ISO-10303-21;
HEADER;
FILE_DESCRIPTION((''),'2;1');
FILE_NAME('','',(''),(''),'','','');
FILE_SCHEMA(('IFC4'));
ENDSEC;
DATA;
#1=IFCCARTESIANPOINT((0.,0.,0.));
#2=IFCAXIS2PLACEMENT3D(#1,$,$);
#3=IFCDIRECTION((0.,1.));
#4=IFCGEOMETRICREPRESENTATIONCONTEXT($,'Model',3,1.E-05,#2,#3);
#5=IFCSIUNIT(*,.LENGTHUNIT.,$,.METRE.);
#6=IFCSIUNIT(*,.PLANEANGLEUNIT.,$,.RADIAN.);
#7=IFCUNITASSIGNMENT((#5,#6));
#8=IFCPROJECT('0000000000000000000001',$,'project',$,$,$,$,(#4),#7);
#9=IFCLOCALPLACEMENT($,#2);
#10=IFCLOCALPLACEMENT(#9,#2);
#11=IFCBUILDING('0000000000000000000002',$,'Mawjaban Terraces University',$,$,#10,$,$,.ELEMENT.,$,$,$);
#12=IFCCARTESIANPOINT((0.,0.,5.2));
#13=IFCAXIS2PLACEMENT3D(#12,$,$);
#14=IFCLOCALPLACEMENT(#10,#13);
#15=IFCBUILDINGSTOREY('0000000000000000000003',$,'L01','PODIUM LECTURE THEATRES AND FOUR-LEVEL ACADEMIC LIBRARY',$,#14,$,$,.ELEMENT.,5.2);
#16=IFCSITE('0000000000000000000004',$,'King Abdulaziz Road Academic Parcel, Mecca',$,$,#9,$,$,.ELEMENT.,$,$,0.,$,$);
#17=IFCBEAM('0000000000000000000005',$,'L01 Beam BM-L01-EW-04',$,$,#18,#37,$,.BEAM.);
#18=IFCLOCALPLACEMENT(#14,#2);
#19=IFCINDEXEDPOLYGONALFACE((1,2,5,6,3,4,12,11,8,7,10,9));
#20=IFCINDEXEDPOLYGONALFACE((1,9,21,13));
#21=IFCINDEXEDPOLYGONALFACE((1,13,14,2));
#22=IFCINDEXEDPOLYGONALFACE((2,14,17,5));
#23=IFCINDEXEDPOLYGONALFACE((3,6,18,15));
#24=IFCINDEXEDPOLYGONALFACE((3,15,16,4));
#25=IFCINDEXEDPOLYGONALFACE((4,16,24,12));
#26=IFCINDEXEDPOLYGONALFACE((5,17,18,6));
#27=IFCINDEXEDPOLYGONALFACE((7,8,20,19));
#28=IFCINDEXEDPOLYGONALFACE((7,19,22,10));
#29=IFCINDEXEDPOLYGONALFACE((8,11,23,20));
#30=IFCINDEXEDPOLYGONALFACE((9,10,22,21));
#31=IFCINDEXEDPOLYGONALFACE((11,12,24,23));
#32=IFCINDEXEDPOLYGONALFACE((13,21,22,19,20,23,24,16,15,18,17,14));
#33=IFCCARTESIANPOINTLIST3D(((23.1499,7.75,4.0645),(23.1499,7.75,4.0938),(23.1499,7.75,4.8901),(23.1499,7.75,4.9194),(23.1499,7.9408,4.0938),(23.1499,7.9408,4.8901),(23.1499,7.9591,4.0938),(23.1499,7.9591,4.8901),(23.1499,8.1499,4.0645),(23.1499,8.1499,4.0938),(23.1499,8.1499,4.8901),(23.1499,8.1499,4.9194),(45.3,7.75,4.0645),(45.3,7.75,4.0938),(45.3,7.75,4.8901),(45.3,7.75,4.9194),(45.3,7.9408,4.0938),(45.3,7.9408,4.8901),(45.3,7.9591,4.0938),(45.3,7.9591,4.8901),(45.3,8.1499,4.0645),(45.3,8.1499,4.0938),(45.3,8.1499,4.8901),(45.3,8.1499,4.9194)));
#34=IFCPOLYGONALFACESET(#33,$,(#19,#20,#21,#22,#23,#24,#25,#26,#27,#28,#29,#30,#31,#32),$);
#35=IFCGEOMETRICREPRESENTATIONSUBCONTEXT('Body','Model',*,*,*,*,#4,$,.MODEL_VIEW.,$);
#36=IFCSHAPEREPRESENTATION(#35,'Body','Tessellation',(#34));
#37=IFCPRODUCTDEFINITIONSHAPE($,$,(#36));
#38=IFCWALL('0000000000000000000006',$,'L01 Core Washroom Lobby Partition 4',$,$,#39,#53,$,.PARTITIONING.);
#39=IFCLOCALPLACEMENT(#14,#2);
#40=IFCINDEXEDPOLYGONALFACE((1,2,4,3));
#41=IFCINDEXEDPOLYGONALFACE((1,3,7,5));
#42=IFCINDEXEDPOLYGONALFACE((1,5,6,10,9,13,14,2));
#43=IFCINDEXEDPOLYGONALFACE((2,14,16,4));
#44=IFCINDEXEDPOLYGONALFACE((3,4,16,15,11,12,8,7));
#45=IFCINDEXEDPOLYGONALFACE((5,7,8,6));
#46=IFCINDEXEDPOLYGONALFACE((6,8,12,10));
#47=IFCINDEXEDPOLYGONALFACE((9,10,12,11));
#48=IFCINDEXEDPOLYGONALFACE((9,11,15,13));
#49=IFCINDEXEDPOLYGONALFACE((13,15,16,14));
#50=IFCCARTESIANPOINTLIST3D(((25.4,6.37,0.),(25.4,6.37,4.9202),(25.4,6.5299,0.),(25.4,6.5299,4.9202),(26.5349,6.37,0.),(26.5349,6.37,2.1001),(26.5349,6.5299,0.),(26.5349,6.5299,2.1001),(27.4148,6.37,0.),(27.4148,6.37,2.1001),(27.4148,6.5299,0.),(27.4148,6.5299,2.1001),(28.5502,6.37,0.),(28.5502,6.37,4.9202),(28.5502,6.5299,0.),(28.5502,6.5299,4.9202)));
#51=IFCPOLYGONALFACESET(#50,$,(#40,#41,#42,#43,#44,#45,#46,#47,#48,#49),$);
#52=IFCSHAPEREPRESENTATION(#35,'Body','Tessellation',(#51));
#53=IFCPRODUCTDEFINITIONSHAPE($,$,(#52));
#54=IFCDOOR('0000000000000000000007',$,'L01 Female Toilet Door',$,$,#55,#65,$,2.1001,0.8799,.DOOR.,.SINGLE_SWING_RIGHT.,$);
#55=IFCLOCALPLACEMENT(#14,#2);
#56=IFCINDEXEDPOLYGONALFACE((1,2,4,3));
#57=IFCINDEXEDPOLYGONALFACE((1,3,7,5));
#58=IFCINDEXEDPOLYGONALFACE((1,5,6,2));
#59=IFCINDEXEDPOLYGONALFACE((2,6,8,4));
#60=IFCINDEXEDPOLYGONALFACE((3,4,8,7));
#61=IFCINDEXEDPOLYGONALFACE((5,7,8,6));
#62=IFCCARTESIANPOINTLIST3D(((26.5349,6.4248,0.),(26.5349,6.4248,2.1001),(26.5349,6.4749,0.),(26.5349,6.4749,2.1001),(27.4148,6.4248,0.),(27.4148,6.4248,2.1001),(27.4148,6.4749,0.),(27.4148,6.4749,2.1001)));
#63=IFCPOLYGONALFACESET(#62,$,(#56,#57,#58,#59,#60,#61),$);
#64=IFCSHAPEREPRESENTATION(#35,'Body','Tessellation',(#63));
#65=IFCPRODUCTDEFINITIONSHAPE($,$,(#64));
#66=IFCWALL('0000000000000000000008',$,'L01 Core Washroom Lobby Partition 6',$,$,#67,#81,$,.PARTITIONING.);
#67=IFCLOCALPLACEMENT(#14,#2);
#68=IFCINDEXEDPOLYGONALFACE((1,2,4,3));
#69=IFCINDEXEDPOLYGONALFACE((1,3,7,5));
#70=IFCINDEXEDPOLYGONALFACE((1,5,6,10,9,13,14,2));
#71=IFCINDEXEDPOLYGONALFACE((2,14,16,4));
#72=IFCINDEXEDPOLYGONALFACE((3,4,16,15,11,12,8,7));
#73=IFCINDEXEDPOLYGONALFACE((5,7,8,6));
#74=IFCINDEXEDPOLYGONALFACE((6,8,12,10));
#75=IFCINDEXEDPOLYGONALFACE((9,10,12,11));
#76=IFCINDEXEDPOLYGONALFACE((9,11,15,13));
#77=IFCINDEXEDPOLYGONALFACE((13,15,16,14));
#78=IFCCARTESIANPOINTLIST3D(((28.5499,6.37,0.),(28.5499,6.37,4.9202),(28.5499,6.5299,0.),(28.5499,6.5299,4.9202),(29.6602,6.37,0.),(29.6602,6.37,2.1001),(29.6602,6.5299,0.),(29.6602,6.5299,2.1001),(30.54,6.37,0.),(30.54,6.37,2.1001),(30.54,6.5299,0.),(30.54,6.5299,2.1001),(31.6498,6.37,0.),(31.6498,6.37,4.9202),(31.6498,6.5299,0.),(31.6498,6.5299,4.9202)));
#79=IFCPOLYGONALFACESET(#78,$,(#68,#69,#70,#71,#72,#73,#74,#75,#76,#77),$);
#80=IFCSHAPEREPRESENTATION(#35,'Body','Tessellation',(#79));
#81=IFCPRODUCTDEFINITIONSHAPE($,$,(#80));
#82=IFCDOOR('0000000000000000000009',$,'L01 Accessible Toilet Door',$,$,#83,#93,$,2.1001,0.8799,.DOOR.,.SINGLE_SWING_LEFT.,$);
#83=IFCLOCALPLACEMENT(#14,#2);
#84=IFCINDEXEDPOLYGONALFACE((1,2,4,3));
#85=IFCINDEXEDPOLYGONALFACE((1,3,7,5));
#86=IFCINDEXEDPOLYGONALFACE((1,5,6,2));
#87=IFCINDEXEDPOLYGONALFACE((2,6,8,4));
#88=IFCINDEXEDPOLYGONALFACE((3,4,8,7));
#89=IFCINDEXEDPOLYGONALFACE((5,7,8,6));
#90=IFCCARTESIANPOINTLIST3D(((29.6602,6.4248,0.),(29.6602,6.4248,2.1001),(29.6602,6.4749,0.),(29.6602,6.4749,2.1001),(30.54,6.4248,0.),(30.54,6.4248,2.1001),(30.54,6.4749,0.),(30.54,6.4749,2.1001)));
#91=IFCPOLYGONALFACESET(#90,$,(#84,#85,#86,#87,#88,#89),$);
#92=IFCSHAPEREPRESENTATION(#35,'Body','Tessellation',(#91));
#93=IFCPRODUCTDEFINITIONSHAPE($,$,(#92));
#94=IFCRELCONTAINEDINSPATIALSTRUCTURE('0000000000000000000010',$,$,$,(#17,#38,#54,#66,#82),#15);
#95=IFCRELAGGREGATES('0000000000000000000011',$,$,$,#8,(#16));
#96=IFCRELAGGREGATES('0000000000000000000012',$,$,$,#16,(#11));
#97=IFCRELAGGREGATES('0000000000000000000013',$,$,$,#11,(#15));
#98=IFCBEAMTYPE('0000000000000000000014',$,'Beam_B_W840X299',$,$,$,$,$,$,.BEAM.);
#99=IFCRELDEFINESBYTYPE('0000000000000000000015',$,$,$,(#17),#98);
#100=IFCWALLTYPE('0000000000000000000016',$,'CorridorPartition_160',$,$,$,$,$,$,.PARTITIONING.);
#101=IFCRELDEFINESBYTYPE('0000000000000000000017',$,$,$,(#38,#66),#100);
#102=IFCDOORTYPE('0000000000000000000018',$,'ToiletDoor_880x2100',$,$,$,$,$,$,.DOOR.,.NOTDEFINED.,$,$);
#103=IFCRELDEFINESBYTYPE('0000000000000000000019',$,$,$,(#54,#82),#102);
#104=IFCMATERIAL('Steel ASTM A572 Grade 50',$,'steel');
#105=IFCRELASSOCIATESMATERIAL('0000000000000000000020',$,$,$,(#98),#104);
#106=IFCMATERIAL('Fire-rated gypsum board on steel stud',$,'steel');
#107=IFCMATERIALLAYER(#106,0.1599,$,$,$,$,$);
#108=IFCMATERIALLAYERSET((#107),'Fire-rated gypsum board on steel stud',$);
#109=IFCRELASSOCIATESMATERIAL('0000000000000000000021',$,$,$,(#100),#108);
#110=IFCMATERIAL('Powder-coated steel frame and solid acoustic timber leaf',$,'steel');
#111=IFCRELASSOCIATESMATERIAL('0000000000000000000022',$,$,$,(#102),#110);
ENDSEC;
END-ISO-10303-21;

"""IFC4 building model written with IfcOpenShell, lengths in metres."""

from ifc_helpers import new_model, si_unit, direction, frame, frame_2d, origin, origin_2d, place, context, subcontext, project, spatial, rectangle, i_section, extrude, material, layer, layer_set, material_profile, profile_set, type_object, element, fill, save


model = new_model("IFC4")

# Units and contexts
model_context = context("Model", 3, precision=1e-05, world=origin(), true_north=direction((0.0, 1.0)))
body_context = subcontext(model_context, "Body", "Model", "MODEL_VIEW")
ifc_project = project(units=[si_unit("LENGTHUNIT", "METRE"), si_unit("PLANEANGLEUNIT", "RADIAN")], contexts=[model_context])

# Site, building, storey
site_placement = place(None, origin())
site = spatial("IfcSite", under=ifc_project, at=site_placement, Name="King Abdulaziz Road Academic Parcel, Mecca", CompositionType="ELEMENT", RefElevation=0.0)
building_placement = place(site_placement, origin())
building = spatial("IfcBuilding", under=site, at=building_placement, Name="Mawjaban Terraces University", CompositionType="ELEMENT")
storey_placement = place(building_placement, frame((0.0, 0.0, 5.2)))
storey = spatial("IfcBuildingStorey", under=building, at=storey_placement, Name="L01", Description="PODIUM LECTURE THEATRES AND FOUR-LEVEL ACADEMIC LIBRARY", CompositionType="ELEMENT", Elevation=5.2)

# Beam
ifc_material_1 = material(Name="Steel ASTM A572 Grade 50", Category="steel")
ifc_material_profile = material_profile(ifc_material_1, i_section(OverallWidth=0.3999, OverallDepth=0.855, WebThickness=0.0183, FlangeThickness=0.0293, at=origin_2d()), Name="W840X299")
ifc_profile_set = profile_set([ifc_material_profile], Name="Steel ASTM A572 Grade 50")
beam_type = type_object("IfcBeamType", Name="Beam_B_W840X299", PredefinedType="BEAM", material=ifc_profile_set)
beam_placement = place(storey_placement, frame((23.1499, 7.95, 4.4919), z_axis=(1.0, 0.0, 0.0), x_axis=(0.0, 1.0, 0.0)))
element("IfcBeam", 1, at=beam_placement, inside=storey, type_object=beam_type, Name="L01 Beam BM-L01-EW-04", PredefinedType="BEAM", context=body_context, shape_type="SweptSolid", body=[
    extrude(i_section(OverallWidth=0.3999, OverallDepth=0.855, WebThickness=0.0183, FlangeThickness=0.0293, at=origin_2d()), origin(), (0.0, 0.0, 1.0), 22.1501),
])

# Walls, openings, doors
ifc_material_2 = material(Name="Fire-rated gypsum board on steel stud", Category="steel")
ifc_layer_1 = layer(ifc_material_2, 0.1599)
ifc_layer_set_1 = layer_set([ifc_layer_1], Name="Fire-rated gypsum board on steel stud")
wall_type_1 = type_object("IfcWallType", Name="CorridorPartition_160", PredefinedType="PARTITIONING", material=ifc_layer_set_1)
wall_1_placement = place(storey_placement, frame((25.3999, 6.45, 0.0), z_axis=(0.0, 0.0, 1.0), x_axis=(1.0, 0.0, 0.0)))
wall_1 = element("IfcWall", 2, at=wall_1_placement, inside=storey, type_object=wall_type_1, Name="L01 Core Washroom Lobby Partition 4", PredefinedType="PARTITIONING", context=body_context, shape_type="SweptSolid", body=[
    extrude(rectangle(XDim=3.1501, YDim=0.1599, at=frame_2d((1.5752, 0.0))), origin(), (0.0, 0.0, 1.0), 4.9202),
])
opening_1_placement = place(wall_1_placement, frame((1.135, 0.0, 0.0)))
opening_1 = element("IfcOpeningElement", 3, at=opening_1_placement, cuts=wall_1, PredefinedType="OPENING", context=body_context, shape_type="SweptSolid", body=[
    extrude(rectangle(XDim=0.8799, YDim=2.1001, at=frame_2d((0.4399, 1.05))), frame((0.0, 0.0898, 0.0), z_axis=(0.0, -1.0, 0.0), x_axis=(1.0, 0.0, 0.0)), (0.0, 0.0, 1.0), 0.1799),
])
ifc_material_3 = material(Name="Powder-coated steel frame and solid acoustic timber leaf", Category="steel")
door_type = type_object("IfcDoorType", Name="ToiletDoor_880x2100", OperationType="NOTDEFINED", PredefinedType="DOOR", material=ifc_material_3)
door_1_placement = place(opening_1_placement, origin())
door_1 = element("IfcDoor", 4, at=door_1_placement, inside=storey, type_object=door_type, Name="L01 Female Toilet Door", OperationType="SINGLE_SWING_RIGHT", OverallHeight=2.1001, OverallWidth=0.8799, PredefinedType="DOOR", context=body_context, shape_type="SweptSolid", body=[
    extrude(rectangle(XDim=0.8799, YDim=2.1001, at=frame_2d((0.4399, 1.05))), frame((0.0, 0.0249, 0.0), z_axis=(0.0, -1.0, 0.0), x_axis=(1.0, 0.0, 0.0)), (0.0, 0.0, 1.0), 0.05),
])
fill(opening_1, door_1)
wall_2_placement = place(storey_placement, frame((28.55, 6.45, 0.0), z_axis=(0.0, 0.0, 1.0), x_axis=(1.0, 0.0, 0.0)))
wall_2 = element("IfcWall", 5, at=wall_2_placement, inside=storey, type_object=wall_type_1, Name="L01 Core Washroom Lobby Partition 6", PredefinedType="PARTITIONING", context=body_context, shape_type="SweptSolid", body=[
    extrude(rectangle(XDim=3.0999, YDim=0.1599, at=frame_2d((1.5498, 0.0))), origin(), (0.0, 0.0, 1.0), 4.9202),
])
opening_2_placement = place(wall_2_placement, frame((1.1101, 0.0, 0.0)))
opening_2 = element("IfcOpeningElement", 6, at=opening_2_placement, cuts=wall_2, PredefinedType="OPENING", context=body_context, shape_type="SweptSolid", body=[
    extrude(rectangle(XDim=0.8799, YDim=2.1001, at=frame_2d((0.4399, 1.05))), frame((0.0, 0.0898, 0.0), z_axis=(0.0, -1.0, 0.0), x_axis=(1.0, 0.0, 0.0)), (0.0, 0.0, 1.0), 0.1799),
])
door_2_placement = place(opening_2_placement, origin())
door_2 = element("IfcDoor", 7, at=door_2_placement, inside=storey, type_object=door_type, Name="L01 Accessible Toilet Door", OperationType="SINGLE_SWING_LEFT", OverallHeight=2.1001, OverallWidth=0.8799, PredefinedType="DOOR", context=body_context, shape_type="SweptSolid", body=[
    extrude(rectangle(XDim=0.8799, YDim=2.1001, at=frame_2d((0.4399, 1.05))), frame((0.0, 0.0249, 0.0), z_axis=(0.0, -1.0, 0.0), x_axis=(1.0, 0.0, 0.0)), (0.0, 0.0, 1.0), 0.05),
])
fill(opening_2, door_2)

save(model, "model.ifc")
